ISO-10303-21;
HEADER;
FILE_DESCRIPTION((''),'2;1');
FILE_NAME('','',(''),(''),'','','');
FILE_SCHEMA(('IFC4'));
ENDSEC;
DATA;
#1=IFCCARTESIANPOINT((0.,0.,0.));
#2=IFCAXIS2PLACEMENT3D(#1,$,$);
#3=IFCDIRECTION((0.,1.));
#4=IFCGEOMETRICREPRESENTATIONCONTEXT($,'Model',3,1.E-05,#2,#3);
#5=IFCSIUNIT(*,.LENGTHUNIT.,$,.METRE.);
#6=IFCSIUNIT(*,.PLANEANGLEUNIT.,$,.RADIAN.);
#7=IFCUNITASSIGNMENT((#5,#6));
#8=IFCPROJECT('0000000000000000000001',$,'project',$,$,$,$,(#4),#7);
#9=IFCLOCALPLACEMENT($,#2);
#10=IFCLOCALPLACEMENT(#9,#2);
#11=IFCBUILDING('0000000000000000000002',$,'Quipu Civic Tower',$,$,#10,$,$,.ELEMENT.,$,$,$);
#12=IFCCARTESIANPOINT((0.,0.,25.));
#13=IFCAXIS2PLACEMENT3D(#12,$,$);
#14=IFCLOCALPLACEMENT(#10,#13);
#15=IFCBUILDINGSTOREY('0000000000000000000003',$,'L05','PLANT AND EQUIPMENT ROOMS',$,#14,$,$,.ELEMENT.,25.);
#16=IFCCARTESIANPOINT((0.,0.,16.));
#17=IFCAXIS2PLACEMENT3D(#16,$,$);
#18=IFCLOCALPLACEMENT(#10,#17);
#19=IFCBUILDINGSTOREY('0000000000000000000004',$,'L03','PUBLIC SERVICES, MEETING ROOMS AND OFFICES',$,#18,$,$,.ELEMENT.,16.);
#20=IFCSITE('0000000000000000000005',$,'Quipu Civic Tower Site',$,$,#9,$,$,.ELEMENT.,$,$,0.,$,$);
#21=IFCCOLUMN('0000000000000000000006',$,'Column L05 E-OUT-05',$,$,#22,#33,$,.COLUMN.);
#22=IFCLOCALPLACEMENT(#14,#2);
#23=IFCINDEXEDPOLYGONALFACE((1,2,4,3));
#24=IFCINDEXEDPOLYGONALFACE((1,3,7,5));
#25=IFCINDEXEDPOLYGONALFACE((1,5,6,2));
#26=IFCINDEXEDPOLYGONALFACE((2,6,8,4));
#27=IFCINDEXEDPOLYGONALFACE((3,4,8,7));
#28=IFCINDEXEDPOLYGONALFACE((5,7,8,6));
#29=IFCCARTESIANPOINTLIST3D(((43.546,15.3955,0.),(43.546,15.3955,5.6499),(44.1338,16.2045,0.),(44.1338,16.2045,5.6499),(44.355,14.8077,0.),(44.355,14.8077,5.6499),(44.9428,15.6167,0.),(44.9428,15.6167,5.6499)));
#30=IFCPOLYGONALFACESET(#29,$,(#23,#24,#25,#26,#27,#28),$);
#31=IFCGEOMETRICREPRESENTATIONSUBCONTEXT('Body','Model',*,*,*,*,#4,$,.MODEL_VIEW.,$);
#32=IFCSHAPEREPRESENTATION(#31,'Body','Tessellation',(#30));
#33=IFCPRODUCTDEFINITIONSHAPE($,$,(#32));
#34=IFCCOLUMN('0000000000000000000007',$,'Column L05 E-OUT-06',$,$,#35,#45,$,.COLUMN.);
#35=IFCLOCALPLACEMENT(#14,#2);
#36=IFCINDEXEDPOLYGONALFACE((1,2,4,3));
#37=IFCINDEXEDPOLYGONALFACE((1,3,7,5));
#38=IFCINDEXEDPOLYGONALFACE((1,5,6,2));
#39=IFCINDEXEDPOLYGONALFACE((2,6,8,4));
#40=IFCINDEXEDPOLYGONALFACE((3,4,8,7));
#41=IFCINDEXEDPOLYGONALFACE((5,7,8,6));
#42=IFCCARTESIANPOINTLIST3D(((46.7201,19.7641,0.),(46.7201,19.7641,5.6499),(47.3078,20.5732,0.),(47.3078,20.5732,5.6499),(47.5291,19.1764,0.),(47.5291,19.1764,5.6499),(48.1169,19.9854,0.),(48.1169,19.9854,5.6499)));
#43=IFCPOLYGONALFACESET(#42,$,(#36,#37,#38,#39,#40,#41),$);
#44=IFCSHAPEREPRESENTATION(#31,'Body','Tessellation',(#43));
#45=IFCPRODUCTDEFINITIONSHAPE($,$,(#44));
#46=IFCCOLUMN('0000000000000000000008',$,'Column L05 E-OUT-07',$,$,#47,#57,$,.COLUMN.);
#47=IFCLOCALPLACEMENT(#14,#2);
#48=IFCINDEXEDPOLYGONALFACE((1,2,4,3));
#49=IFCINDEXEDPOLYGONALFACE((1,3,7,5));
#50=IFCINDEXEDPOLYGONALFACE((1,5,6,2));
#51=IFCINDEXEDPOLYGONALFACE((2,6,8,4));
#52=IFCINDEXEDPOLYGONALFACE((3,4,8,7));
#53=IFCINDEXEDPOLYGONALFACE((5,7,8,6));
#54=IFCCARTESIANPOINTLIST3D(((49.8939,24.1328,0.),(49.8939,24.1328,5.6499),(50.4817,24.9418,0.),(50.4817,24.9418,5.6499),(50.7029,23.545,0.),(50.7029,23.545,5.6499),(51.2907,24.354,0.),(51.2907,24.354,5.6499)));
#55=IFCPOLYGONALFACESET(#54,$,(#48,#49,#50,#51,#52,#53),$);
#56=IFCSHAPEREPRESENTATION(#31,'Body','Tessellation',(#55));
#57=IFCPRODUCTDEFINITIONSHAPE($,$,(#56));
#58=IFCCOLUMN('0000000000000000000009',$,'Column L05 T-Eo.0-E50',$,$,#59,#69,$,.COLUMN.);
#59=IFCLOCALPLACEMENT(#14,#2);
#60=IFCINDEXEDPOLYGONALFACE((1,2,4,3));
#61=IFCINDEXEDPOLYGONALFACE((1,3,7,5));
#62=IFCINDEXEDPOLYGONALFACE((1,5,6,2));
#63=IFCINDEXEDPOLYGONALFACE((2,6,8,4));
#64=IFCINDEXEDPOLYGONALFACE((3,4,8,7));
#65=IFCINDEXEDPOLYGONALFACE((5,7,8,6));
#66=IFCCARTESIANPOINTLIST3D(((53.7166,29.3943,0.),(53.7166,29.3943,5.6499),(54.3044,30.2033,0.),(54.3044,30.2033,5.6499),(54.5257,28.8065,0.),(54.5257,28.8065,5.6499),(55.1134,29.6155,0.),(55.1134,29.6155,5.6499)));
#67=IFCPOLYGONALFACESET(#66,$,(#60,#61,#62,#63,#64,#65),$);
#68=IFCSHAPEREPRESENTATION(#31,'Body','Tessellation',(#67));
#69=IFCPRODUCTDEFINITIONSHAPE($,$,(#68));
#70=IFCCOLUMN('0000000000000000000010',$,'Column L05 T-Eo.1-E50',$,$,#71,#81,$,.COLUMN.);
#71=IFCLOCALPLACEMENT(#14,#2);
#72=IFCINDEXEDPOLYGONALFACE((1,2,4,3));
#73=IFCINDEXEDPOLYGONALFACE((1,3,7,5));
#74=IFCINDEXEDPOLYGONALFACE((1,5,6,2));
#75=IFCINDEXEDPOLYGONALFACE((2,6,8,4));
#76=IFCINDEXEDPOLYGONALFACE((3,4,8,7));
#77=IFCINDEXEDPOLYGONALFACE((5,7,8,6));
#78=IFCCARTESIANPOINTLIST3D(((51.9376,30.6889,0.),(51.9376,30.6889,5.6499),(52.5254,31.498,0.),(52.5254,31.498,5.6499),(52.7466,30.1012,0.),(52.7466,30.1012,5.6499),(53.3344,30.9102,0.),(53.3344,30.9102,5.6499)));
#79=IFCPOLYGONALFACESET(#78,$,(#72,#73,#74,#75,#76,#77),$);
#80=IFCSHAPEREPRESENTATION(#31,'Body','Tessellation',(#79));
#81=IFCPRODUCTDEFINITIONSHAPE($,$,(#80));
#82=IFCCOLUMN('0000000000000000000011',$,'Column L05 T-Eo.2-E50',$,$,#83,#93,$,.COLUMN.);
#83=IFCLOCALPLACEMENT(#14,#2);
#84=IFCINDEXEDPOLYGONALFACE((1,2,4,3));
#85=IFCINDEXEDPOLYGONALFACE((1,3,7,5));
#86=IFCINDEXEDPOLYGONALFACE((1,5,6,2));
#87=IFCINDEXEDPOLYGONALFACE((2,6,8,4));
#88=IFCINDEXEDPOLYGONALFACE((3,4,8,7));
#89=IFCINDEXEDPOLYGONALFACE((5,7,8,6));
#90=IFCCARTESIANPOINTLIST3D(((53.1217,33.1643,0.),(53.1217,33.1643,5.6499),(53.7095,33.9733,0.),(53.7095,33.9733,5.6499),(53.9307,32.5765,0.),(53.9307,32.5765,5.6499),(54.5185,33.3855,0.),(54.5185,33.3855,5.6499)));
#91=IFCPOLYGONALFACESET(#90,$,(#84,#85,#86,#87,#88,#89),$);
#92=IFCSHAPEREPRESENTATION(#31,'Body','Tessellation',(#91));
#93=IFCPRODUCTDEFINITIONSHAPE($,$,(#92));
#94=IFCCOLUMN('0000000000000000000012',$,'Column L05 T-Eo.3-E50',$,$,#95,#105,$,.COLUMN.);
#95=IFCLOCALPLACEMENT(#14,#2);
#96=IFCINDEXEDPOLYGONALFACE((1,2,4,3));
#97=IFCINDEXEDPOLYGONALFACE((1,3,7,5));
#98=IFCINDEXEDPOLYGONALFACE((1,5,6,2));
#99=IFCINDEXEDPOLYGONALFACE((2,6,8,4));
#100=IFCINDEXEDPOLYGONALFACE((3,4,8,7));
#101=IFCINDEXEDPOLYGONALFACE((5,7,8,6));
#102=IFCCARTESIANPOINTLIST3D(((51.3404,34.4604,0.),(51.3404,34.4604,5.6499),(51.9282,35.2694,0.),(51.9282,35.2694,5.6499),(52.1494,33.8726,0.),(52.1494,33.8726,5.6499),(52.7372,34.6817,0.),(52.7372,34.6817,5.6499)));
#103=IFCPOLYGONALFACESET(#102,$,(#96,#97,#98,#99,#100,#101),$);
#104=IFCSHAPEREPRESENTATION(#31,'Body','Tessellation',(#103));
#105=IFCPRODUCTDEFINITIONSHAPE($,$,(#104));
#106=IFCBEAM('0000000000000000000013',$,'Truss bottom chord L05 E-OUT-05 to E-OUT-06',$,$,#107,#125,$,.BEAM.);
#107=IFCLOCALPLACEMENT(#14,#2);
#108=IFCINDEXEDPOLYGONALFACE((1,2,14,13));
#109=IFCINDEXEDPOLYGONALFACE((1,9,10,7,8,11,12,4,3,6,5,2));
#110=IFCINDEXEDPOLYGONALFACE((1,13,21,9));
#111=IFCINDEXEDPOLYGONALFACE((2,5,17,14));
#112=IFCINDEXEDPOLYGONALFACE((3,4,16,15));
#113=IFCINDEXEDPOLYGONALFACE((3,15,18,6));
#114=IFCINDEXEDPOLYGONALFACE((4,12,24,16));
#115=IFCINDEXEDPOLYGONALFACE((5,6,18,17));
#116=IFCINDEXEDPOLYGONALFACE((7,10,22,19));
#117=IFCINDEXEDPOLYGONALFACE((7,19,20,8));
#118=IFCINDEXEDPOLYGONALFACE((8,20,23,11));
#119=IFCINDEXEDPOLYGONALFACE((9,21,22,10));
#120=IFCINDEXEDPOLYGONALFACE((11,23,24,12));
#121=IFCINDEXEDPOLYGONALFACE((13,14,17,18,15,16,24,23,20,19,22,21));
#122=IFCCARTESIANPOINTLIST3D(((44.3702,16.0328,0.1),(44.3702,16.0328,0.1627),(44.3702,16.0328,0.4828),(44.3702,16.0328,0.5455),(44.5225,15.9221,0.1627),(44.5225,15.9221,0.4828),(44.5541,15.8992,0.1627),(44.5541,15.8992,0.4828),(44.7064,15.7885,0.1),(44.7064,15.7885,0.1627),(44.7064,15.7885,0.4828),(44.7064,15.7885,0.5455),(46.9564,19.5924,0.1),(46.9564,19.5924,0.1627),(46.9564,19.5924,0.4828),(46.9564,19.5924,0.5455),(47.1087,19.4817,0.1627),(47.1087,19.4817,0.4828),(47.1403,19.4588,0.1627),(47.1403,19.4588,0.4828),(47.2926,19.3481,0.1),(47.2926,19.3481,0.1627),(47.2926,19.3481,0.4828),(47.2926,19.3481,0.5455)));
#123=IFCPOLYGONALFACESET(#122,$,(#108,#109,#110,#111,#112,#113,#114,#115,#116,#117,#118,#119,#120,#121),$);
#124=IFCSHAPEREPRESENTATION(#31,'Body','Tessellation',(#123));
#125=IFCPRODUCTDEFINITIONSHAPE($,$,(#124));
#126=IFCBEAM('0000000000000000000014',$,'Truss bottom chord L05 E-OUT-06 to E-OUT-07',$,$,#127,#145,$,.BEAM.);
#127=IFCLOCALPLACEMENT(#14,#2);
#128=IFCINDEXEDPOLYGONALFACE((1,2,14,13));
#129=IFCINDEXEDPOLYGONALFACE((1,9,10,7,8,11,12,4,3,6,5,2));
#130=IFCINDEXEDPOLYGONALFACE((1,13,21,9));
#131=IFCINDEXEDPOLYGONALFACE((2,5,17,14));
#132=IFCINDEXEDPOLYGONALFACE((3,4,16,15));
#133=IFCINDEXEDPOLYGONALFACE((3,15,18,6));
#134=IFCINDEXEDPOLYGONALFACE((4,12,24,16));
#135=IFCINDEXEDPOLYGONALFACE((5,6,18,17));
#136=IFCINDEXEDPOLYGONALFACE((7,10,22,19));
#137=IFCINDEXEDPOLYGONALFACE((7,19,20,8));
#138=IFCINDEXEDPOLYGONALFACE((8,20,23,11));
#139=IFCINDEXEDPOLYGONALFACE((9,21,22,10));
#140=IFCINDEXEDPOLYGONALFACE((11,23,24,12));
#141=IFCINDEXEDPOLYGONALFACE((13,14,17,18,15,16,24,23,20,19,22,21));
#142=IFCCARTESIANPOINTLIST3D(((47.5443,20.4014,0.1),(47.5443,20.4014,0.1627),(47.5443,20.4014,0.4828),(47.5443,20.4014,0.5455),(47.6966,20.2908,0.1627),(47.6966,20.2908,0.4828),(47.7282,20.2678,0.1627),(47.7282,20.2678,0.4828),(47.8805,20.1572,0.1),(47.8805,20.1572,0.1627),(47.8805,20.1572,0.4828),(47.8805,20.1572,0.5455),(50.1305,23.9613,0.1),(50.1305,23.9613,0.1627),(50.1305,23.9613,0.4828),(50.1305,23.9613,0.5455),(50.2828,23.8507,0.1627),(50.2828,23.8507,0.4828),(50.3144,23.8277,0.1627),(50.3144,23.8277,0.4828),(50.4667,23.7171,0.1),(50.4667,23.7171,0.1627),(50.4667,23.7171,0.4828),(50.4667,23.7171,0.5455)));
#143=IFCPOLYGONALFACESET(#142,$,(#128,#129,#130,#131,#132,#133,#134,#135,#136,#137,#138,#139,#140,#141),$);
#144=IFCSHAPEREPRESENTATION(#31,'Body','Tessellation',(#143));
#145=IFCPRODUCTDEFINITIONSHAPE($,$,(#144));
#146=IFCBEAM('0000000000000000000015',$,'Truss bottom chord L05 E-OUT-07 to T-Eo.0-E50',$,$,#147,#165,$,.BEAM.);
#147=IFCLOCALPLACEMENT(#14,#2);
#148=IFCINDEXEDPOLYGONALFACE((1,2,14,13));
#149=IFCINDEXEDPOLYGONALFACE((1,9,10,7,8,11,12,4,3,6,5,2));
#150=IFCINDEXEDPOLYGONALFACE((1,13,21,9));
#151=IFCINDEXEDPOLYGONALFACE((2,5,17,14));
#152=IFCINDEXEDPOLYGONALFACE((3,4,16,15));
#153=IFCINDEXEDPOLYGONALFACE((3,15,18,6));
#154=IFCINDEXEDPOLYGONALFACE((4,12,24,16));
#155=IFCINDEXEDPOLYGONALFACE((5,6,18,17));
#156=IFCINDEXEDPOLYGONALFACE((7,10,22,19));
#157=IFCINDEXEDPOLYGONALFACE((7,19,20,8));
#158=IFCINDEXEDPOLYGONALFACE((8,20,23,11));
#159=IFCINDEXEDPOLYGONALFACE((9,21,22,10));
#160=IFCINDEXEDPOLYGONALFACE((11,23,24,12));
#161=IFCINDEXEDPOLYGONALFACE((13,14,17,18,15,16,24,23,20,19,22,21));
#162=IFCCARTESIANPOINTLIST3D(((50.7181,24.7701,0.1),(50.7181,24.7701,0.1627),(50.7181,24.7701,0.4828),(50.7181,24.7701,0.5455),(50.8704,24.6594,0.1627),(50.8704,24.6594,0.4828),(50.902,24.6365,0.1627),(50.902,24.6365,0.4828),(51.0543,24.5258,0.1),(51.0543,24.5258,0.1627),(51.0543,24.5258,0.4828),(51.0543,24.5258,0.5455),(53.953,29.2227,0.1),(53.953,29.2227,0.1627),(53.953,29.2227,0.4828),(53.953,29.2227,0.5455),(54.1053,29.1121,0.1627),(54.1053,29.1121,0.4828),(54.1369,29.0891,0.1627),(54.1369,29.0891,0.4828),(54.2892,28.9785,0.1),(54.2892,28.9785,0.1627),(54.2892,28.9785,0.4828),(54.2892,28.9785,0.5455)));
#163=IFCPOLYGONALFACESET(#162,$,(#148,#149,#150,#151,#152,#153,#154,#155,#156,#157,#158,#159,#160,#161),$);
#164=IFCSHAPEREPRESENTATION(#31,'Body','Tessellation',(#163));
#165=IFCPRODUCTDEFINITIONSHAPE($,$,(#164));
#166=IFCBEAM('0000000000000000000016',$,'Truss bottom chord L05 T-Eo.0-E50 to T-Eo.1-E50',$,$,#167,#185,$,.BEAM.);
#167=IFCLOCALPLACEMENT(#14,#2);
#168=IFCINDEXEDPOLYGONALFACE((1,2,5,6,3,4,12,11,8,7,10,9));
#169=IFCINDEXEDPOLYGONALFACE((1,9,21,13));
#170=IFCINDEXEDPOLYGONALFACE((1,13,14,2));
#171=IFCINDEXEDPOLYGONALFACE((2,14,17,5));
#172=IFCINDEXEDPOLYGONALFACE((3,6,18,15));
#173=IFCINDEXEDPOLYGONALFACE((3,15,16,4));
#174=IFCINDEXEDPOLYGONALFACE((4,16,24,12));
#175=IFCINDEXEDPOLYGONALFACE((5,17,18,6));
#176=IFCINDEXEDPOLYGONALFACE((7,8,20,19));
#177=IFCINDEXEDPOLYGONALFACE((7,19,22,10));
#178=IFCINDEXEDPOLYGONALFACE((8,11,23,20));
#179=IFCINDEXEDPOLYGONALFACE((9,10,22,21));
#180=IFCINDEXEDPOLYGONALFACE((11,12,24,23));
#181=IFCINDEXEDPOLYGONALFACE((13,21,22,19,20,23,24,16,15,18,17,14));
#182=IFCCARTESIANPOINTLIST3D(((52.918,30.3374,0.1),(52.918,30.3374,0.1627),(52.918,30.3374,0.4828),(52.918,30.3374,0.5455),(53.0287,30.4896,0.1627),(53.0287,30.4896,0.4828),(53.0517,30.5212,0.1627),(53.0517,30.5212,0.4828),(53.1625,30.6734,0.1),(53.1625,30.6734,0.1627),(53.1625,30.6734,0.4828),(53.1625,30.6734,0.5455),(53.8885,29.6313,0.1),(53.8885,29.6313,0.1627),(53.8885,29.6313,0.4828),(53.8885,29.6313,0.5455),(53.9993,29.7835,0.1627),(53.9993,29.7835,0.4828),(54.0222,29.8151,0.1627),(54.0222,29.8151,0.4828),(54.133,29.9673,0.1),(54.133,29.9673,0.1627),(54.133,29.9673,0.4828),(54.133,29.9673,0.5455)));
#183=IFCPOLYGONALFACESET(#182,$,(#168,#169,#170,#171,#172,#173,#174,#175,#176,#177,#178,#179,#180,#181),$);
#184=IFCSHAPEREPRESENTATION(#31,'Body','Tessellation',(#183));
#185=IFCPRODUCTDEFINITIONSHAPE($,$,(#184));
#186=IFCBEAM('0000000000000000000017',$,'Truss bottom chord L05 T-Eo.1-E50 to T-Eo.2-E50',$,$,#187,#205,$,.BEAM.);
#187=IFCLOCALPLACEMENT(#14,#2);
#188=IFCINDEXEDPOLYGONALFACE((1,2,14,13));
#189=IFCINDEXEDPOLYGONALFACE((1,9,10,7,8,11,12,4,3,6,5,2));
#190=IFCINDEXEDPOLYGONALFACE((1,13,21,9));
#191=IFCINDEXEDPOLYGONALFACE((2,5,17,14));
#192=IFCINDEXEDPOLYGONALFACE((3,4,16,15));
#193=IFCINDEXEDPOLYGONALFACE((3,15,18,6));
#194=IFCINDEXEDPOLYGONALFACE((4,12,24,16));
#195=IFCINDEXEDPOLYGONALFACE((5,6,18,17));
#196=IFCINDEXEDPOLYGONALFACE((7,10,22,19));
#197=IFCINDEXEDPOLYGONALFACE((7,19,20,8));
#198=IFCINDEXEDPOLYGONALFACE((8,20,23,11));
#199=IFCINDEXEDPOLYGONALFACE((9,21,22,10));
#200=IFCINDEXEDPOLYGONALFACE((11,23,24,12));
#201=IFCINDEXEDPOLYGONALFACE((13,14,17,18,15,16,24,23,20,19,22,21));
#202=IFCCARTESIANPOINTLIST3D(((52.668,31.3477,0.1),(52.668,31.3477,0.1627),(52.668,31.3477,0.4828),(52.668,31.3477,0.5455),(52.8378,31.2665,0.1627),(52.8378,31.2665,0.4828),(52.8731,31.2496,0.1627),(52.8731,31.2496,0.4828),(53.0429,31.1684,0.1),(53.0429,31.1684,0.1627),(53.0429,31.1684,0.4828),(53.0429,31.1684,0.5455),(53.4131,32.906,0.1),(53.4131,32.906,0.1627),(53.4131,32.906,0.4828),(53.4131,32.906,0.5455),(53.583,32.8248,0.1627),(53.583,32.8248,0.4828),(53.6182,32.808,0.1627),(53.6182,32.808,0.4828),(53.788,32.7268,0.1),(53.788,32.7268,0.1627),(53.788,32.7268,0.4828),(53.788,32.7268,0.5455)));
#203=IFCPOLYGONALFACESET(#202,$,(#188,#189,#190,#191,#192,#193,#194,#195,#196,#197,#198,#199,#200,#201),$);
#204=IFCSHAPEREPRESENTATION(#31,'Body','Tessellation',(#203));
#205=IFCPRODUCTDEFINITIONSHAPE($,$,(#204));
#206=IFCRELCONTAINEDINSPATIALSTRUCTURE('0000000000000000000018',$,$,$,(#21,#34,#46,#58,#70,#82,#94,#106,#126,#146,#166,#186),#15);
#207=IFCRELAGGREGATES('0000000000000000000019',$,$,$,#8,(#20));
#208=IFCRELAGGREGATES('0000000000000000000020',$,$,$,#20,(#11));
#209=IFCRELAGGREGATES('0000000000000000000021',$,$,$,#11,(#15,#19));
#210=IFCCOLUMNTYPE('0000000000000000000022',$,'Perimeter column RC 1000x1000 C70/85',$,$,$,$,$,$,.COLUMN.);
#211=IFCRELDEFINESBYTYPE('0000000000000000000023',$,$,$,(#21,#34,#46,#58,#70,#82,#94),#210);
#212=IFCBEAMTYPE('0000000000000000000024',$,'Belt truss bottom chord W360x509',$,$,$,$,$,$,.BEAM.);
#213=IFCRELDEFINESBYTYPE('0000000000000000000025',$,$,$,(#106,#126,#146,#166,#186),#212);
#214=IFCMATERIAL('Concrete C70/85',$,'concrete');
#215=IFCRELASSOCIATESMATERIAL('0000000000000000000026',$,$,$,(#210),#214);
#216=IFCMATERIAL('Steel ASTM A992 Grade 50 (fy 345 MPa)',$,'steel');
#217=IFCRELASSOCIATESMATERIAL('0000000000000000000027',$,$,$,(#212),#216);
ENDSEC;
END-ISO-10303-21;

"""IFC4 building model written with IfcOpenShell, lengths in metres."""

from ifc_helpers import new_model, si_unit, direction, frame, origin, origin_2d, place, context, subcontext, project, spatial, rectangle, i_section, extrude, material, material_profile, profile_set, type_object, element, save


model = new_model("IFC4")

# Units and contexts
model_context = context("Model", 3, precision=1e-05, world=origin(), true_north=direction((0.0, 1.0)))
body_context = subcontext(model_context, "Body", "Model", "MODEL_VIEW")
ifc_project = project(units=[si_unit("LENGTHUNIT", "METRE"), si_unit("PLANEANGLEUNIT", "RADIAN")], contexts=[model_context])

# Site, building, storey
site_placement = place(None, origin())
site = spatial("IfcSite", under=ifc_project, at=site_placement, Name="Quipu Civic Tower Site", CompositionType="ELEMENT", RefElevation=0.0)
building_placement = place(site_placement, origin())
building = spatial("IfcBuilding", under=site, at=building_placement, Name="Quipu Civic Tower", CompositionType="ELEMENT")
storey_1_placement = place(building_placement, frame((0.0, 0.0, 25.0)))
storey_1 = spatial("IfcBuildingStorey", under=building, at=storey_1_placement, Name="L05", Description="PLANT AND EQUIPMENT ROOMS", CompositionType="ELEMENT", Elevation=25.0)

# Columns
ifc_material_1 = material(Name="Concrete C70/85", Category="concrete")
ifc_material_profile_1 = material_profile(ifc_material_1, rectangle(XDim=1.0, YDim=1.0, at=origin_2d()), Name="RC1000x1000")
ifc_profile_set_1 = profile_set([ifc_material_profile_1], Name="Concrete C70/85")
column_type = type_object("IfcColumnType", Name="Perimeter column RC 1000x1000 C70/85", PredefinedType="COLUMN", material=ifc_profile_set_1)
for number, where, z_axis, x_axis, name in (
    (1, (44.2444, 15.5061, 0.0), (0.0, 0.0, 1.0), (0.587785, 0.809017, 0.0), "Column L05 E-OUT-05"),
    (2, (47.4185, 19.8748, 0.0), (0.0, 0.0, 1.0), (0.587785, 0.809017, 0.0), "Column L05 E-OUT-06"),
    (3, (50.5923, 24.2434, 0.0), (0.0, 0.0, 1.0), (0.587785, 0.809017, 0.0), "Column L05 E-OUT-07"),
    (4, (54.415, 29.5049, 0.0), (0.0, 0.0, 1.0), (0.587785, 0.809017, 0.0), "Column L05 T-Eo.0-E50"),
    (5, (52.636, 30.7996, 0.0), (0.0, 0.0, 1.0), (-0.809017, 0.587785, 0.0), "Column L05 T-Eo.1-E50"),
    (6, (53.8201, 33.2749, 0.0), (0.0, 0.0, 1.0), (-0.809017, 0.587785, 0.0), "Column L05 T-Eo.2-E50"),
    (7, (52.0388, 34.571, 0.0), (0.0, 0.0, 1.0), (0.587785, 0.809017, 0.0), "Column L05 T-Eo.3-E50"),
):
    element("IfcColumn", number, at=place(storey_1_placement, frame(where, z_axis=z_axis, x_axis=x_axis)), inside=storey_1, type_object=column_type, Name=name, PredefinedType="COLUMN", context=body_context, shape_type="SweptSolid", body=[
        extrude(rectangle(XDim=1.0, YDim=1.0, at=origin_2d()), origin(), (0.0, 0.0, 1.0), 5.6499),
    ])

# Beams
ifc_material_2 = material(Name="Steel ASTM A992 Grade 50 (fy 345 MPa)", Category="steel")
ifc_material_profile_2 = material_profile(ifc_material_2, i_section(OverallWidth=0.4155, OverallDepth=0.4456, WebThickness=0.0391, FlangeThickness=0.0627, at=origin_2d()), Name="W360x509")
ifc_profile_set_2 = profile_set([ifc_material_profile_2], Name="Steel ASTM A992 Grade 50 (fy 345 MPa)")
beam_type_1 = type_object("IfcBeamType", Name="Belt truss bottom chord W360x509", PredefinedType="BEAM", material=ifc_profile_set_2)
beam_1_placement = place(storey_1_placement, frame((44.5383, 15.9106, 0.3228), z_axis=(0.587786, 0.809017, 0.0), x_axis=(-0.809017, 0.587786, 0.0)))
element("IfcBeam", 8, at=beam_1_placement, inside=storey_1, type_object=beam_type_1, Name="Truss bottom chord L05 E-OUT-05 to E-OUT-06", PredefinedType="BEAM", context=body_context, shape_type="SweptSolid", body=[
    extrude(i_section(OverallWidth=0.4155, OverallDepth=0.4456, WebThickness=0.0391, FlangeThickness=0.0627, at=origin_2d()), origin(), (0.0, 0.0, 1.0), 4.3999),
])
beam_2_placement = place(storey_1_placement, frame((47.7124, 20.2793, 0.3228), z_axis=(0.587759, 0.809036, 0.0), x_axis=(-0.809036, 0.587759, 0.0)))
element("IfcBeam", 9, at=beam_2_placement, inside=storey_1, type_object=beam_type_1, Name="Truss bottom chord L05 E-OUT-06 to E-OUT-07", PredefinedType="BEAM", context=body_context, shape_type="SweptSolid", body=[
    extrude(i_section(OverallWidth=0.4155, OverallDepth=0.4456, WebThickness=0.0391, FlangeThickness=0.0627, at=origin_2d()), origin(), (0.0, 0.0, 1.0), 4.4001),
])
beam_3_placement = place(storey_1_placement, frame((50.8862, 24.6479, 0.3228), z_axis=(0.587765, 0.809031, 0.0), x_axis=(-0.809031, 0.587765, 0.0)))
element("IfcBeam", 10, at=beam_3_placement, inside=storey_1, type_object=beam_type_1, Name="Truss bottom chord L05 E-OUT-07 to T-Eo.0-E50", PredefinedType="BEAM", context=body_context, shape_type="SweptSolid", body=[
    extrude(i_section(OverallWidth=0.4155, OverallDepth=0.4456, WebThickness=0.0391, FlangeThickness=0.0627, at=origin_2d()), origin(), (0.0, 0.0, 1.0), 5.5037),
])
beam_4_placement = place(storey_1_placement, frame((54.0107, 29.7993, 0.3228), z_axis=(-0.808631, 0.588317, 0.0), x_axis=(-0.588317, -0.808631, 0.0)))
element("IfcBeam", 11, at=beam_4_placement, inside=storey_1, type_object=beam_type_1, Name="Truss bottom chord L05 T-Eo.0-E50 to T-Eo.1-E50", PredefinedType="BEAM", context=body_context, shape_type="SweptSolid", body=[
    extrude(i_section(OverallWidth=0.4155, OverallDepth=0.4456, WebThickness=0.0391, FlangeThickness=0.0627, at=origin_2d()), origin(), (0.0, 0.0, 1.0), 1.2002),
])
beam_5_placement = place(storey_1_placement, frame((52.8555, 31.2581, 0.3228), z_axis=(0.43137, 0.902175, 0.0), x_axis=(-0.902175, 0.43137, 0.0)))
element("IfcBeam", 12, at=beam_5_placement, inside=storey_1, type_object=beam_type_1, Name="Truss bottom chord L05 T-Eo.1-E50 to T-Eo.2-E50", PredefinedType="BEAM", context=body_context, shape_type="SweptSolid", body=[
    extrude(i_section(OverallWidth=0.4155, OverallDepth=0.4456, WebThickness=0.0391, FlangeThickness=0.0627, at=origin_2d()), origin(), (0.0, 0.0, 1.0), 1.7273),
])

# Shared definitions
storey_2_placement = place(building_placement, frame((0.0, 0.0, 16.0)))
storey_2 = spatial("IfcBuildingStorey", under=building, at=storey_2_placement, Name="L03", Description="PUBLIC SERVICES, MEETING ROOMS AND OFFICES", CompositionType="ELEMENT", Elevation=16.0)

save(model, "model.ifc")
